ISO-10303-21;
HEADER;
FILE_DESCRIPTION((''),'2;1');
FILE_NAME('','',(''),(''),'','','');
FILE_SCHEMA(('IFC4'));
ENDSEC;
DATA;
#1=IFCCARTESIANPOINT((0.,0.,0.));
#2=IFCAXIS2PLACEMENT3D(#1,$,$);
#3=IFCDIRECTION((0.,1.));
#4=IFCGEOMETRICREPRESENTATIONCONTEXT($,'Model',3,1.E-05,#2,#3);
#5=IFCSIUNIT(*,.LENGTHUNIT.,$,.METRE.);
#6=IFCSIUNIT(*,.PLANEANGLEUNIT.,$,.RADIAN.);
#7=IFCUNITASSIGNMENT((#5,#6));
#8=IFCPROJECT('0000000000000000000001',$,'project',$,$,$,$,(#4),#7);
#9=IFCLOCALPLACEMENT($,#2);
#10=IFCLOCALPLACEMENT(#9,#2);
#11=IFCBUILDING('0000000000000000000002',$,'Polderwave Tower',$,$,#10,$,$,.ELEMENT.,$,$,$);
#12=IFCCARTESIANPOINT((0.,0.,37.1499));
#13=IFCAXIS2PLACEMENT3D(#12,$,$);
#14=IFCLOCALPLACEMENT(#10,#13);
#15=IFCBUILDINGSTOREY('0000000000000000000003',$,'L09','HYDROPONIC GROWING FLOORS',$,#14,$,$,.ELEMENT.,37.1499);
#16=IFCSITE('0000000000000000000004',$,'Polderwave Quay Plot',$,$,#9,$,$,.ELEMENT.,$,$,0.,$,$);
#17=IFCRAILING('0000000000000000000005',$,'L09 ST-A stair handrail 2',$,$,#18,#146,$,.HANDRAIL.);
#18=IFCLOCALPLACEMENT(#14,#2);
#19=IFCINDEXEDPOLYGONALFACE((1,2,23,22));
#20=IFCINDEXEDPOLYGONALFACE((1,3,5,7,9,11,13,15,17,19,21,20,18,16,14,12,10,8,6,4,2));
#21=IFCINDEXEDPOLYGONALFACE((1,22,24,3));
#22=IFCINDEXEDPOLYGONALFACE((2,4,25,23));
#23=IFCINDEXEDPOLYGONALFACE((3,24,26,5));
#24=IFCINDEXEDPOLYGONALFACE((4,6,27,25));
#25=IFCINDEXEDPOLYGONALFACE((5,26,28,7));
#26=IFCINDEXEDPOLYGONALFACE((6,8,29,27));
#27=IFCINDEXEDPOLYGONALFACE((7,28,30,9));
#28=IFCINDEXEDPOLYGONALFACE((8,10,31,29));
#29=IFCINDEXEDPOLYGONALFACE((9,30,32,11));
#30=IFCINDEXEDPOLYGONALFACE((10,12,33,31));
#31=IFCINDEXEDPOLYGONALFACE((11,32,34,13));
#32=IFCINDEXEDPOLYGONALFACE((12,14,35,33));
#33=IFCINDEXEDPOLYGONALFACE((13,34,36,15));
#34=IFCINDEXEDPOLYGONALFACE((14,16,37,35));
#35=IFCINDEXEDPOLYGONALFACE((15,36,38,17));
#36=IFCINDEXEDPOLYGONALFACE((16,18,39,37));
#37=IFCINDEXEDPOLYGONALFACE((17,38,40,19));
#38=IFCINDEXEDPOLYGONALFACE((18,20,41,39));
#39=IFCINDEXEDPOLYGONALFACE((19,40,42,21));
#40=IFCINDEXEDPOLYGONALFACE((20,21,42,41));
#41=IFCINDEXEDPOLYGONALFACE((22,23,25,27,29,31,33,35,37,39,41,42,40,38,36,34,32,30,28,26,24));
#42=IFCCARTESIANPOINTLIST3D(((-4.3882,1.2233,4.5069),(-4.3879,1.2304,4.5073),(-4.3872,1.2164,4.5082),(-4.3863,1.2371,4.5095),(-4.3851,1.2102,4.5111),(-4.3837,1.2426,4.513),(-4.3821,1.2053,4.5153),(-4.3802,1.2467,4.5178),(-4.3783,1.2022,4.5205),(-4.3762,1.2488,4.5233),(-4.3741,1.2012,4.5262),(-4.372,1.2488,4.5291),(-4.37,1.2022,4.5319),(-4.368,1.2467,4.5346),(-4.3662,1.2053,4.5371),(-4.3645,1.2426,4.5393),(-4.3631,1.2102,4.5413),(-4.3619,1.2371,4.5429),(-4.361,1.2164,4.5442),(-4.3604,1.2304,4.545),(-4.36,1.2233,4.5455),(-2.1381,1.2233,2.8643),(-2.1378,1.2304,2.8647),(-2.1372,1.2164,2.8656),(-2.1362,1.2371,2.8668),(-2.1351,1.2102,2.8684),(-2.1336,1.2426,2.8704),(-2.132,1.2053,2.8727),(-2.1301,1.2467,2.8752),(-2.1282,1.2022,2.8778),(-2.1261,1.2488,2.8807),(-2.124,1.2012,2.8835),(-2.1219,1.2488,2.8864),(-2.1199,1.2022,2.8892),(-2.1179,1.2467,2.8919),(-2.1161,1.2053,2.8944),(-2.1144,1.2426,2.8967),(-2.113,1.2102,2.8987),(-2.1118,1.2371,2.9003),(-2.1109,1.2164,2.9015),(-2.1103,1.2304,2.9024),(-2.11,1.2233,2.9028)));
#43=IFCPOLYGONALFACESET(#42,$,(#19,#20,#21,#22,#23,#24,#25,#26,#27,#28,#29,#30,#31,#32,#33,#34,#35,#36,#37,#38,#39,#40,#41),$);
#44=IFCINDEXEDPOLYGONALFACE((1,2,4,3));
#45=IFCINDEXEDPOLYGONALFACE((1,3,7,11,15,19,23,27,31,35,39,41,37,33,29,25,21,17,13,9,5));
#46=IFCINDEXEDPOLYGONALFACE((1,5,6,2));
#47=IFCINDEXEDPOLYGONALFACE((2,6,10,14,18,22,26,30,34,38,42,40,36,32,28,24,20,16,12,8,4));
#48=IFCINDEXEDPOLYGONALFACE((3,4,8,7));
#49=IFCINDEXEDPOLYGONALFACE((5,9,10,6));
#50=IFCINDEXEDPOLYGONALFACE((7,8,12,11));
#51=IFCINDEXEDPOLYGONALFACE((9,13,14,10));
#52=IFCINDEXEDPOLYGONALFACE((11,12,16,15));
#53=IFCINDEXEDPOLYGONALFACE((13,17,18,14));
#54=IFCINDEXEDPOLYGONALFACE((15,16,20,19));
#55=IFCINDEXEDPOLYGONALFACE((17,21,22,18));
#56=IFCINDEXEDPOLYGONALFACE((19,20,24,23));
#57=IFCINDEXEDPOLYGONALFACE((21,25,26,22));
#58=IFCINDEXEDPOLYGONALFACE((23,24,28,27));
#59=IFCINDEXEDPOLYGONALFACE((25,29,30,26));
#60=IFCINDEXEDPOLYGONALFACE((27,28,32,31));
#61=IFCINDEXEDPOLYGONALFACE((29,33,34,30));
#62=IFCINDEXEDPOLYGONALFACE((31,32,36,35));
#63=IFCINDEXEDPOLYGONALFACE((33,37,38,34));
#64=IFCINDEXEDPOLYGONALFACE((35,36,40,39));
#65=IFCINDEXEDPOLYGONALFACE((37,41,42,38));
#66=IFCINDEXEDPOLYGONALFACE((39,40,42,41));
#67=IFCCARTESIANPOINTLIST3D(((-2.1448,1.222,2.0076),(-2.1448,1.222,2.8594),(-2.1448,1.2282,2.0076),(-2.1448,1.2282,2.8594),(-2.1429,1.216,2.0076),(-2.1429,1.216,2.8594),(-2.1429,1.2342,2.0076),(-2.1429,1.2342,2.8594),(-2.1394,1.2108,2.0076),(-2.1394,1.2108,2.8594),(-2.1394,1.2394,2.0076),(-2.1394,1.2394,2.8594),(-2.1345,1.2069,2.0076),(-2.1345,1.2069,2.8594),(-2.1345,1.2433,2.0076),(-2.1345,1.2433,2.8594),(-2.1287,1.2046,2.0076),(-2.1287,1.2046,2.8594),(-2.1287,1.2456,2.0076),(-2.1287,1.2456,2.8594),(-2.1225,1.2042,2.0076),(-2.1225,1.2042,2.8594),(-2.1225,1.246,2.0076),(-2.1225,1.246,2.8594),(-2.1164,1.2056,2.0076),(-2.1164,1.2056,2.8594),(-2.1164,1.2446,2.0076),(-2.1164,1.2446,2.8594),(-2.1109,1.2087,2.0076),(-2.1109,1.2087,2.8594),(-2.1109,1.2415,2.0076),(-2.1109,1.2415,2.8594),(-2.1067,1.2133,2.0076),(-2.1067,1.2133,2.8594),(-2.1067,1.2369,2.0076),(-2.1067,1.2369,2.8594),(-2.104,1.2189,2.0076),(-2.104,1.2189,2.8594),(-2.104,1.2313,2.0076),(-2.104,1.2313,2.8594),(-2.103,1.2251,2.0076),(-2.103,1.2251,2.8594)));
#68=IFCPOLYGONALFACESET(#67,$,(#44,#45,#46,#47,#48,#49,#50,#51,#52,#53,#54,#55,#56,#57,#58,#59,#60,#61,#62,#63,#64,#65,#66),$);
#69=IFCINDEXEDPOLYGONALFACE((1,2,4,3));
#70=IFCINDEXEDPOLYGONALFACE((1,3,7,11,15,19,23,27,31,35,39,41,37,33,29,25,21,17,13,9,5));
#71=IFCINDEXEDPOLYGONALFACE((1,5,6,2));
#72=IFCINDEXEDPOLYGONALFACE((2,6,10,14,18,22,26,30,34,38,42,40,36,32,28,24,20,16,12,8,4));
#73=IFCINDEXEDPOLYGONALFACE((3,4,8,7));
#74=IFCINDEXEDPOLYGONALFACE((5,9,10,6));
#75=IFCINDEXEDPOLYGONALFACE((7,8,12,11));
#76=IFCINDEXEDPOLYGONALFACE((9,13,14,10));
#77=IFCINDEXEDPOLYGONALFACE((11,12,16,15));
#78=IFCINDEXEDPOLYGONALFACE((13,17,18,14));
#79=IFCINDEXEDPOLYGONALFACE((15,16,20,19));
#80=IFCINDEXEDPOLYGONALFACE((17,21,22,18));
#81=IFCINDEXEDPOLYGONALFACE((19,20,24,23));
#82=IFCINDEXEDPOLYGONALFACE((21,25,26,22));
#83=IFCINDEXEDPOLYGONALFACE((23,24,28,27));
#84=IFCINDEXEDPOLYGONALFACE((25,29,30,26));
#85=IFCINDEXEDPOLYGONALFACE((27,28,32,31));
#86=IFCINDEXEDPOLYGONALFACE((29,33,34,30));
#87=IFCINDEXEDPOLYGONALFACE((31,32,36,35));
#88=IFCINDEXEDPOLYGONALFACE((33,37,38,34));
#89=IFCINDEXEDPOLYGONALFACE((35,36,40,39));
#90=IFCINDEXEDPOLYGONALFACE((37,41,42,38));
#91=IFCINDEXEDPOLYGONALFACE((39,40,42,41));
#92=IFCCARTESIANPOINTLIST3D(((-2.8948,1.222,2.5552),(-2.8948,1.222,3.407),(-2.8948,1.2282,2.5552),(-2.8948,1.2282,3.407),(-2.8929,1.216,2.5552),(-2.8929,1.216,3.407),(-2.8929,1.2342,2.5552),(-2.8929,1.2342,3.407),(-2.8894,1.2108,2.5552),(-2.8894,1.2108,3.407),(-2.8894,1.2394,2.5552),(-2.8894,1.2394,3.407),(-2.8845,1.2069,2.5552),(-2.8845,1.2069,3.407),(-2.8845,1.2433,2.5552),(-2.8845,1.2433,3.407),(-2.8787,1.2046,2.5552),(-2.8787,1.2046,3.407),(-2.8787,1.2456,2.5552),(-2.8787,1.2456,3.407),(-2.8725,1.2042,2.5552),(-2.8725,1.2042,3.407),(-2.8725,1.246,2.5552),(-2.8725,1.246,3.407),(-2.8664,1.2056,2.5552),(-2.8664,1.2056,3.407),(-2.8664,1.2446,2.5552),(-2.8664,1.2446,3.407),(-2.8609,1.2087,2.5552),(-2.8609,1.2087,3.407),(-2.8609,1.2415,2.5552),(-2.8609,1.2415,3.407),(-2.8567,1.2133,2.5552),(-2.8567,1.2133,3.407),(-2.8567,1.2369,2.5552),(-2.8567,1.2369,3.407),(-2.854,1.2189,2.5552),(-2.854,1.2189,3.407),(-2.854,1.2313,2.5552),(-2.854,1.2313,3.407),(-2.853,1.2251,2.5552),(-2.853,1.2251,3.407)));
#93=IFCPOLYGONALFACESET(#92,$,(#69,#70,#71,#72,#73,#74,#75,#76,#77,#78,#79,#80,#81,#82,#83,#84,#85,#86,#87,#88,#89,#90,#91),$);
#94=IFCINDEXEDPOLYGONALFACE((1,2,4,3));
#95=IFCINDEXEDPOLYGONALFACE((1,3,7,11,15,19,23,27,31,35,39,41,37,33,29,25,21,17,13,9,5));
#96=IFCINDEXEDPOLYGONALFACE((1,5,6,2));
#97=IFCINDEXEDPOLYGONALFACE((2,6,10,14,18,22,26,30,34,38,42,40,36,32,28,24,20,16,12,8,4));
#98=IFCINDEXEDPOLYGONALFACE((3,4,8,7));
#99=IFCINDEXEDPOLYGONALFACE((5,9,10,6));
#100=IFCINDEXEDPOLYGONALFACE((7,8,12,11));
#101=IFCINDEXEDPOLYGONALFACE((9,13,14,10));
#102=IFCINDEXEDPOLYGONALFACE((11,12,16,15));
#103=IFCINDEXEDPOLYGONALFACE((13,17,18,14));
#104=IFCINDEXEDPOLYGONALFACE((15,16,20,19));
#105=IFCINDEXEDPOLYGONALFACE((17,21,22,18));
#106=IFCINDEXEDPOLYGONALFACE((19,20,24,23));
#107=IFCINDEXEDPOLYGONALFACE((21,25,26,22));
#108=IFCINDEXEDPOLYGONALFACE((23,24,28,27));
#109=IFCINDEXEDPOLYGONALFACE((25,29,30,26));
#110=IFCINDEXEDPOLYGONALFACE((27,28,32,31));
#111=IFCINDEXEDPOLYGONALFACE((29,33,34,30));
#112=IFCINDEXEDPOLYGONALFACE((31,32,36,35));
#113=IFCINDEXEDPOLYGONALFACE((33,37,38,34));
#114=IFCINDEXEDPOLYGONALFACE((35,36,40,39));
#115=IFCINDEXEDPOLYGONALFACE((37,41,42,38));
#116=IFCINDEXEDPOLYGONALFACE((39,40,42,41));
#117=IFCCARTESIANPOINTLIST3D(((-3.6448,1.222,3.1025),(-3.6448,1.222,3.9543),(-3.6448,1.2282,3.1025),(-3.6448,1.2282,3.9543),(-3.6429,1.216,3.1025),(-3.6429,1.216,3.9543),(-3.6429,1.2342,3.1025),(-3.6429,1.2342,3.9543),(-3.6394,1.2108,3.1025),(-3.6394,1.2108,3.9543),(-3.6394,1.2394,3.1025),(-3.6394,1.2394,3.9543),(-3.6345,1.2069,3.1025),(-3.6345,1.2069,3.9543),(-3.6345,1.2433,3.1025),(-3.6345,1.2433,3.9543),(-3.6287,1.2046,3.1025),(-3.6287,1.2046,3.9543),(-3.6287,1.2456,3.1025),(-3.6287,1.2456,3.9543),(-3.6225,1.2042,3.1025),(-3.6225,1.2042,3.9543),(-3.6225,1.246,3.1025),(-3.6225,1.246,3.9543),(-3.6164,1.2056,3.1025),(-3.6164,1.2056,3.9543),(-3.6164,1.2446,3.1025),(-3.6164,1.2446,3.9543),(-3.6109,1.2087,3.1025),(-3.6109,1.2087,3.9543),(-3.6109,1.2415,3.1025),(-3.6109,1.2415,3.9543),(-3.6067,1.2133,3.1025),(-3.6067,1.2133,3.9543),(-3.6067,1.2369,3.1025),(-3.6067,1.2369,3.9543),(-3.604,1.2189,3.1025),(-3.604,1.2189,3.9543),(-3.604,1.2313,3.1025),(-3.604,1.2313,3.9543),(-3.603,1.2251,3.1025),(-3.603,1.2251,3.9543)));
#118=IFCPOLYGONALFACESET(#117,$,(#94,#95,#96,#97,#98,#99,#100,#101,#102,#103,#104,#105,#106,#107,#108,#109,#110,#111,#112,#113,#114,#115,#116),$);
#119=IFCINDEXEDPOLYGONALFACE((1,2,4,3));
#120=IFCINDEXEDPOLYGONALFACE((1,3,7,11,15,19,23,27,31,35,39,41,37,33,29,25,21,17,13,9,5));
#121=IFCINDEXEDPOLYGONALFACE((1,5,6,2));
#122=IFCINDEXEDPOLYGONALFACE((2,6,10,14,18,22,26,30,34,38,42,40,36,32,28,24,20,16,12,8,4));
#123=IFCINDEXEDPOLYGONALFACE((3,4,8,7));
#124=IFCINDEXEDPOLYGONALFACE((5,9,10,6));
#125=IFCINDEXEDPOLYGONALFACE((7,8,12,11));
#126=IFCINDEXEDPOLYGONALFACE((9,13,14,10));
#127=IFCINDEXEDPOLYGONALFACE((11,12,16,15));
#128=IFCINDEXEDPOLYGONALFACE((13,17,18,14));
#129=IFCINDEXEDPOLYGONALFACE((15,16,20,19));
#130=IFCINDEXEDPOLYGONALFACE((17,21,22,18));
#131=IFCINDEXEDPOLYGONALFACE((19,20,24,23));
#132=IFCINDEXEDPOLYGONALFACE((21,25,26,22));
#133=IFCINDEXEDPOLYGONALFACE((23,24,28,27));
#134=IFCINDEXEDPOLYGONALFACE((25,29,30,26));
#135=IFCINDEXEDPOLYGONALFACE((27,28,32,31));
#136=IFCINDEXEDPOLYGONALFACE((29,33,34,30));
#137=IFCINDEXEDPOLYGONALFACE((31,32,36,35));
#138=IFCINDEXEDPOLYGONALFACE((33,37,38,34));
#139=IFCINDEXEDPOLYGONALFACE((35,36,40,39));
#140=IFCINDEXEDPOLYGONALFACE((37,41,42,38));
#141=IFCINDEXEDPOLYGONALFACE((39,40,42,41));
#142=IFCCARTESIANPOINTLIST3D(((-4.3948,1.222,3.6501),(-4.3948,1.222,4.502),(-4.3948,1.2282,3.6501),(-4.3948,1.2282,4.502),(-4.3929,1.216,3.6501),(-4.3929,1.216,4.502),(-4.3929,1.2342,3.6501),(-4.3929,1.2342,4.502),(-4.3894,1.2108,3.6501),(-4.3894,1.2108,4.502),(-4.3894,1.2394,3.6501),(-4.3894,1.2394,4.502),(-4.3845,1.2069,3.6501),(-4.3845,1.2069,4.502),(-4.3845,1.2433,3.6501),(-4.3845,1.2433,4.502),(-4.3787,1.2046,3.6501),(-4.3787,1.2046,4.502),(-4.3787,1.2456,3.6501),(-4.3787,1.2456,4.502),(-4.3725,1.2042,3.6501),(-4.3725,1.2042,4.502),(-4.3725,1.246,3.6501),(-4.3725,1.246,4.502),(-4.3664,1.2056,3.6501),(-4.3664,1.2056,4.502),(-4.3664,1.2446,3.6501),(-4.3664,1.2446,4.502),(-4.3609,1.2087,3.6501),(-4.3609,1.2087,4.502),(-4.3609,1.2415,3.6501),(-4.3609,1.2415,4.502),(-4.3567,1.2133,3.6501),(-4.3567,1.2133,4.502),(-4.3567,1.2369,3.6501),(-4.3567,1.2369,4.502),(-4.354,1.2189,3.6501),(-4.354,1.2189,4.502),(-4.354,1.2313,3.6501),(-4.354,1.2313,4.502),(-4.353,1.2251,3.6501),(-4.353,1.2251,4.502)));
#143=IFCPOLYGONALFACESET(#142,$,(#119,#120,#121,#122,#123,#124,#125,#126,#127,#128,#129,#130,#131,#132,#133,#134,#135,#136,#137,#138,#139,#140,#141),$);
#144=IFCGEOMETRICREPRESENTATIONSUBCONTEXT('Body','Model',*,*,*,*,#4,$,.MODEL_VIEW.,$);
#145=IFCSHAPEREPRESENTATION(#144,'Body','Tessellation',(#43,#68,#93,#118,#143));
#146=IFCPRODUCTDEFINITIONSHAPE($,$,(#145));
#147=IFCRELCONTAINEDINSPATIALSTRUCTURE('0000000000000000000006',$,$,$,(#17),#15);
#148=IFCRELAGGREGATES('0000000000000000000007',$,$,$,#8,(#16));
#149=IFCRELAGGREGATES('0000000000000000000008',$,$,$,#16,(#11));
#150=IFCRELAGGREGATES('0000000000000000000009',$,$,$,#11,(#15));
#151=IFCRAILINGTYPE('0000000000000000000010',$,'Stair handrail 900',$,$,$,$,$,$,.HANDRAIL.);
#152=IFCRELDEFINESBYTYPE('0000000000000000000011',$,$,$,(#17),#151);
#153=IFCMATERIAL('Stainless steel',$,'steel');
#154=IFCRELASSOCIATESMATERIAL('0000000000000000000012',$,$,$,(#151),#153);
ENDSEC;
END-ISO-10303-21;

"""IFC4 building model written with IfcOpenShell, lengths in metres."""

from ifc_helpers import new_model, si_unit, direction, frame, origin, origin_2d, place, context, subcontext, project, spatial, circle, extrude, material, type_object, element, save


model = new_model("IFC4")

# Units and contexts
model_context = context("Model", 3, precision=1e-05, world=origin(), true_north=direction((0.0, 1.0)))
body_context = subcontext(model_context, "Body", "Model", "MODEL_VIEW")
ifc_project = project(units=[si_unit("LENGTHUNIT", "METRE"), si_unit("PLANEANGLEUNIT", "RADIAN")], contexts=[model_context])

# Site, building, storey
site_placement = place(None, origin())
site = spatial("IfcSite", under=ifc_project, at=site_placement, Name="Polderwave Quay Plot", CompositionType="ELEMENT", RefElevation=0.0)
building_placement = place(site_placement, origin())
building = spatial("IfcBuilding", under=site, at=building_placement, Name="Polderwave Tower", CompositionType="ELEMENT")
storey_placement = place(building_placement, frame((0.0, 0.0, 37.1499)))
storey = spatial("IfcBuildingStorey", under=building, at=storey_placement, Name="L09", Description="HYDROPONIC GROWING FLOORS", CompositionType="ELEMENT", Elevation=37.1499)

# Railing
ifc_material_1 = material(Name="Stainless steel", Category="steel")
railing_type_1 = type_object("IfcRailingType", Name="Stair handrail 900", PredefinedType="HANDRAIL", material=ifc_material_1)
railing_1_placement = place(storey_placement, frame((-2.124, 1.2251, 2.0076)))
element("IfcRailing", 1, at=railing_1_placement, inside=storey, type_object=railing_type_1, Name="L09 ST-A stair handrail 2", PredefinedType="HANDRAIL", context=body_context, shape_type="SweptSolid", body=[
    extrude(circle(Radius=0.0239, at=origin_2d()), frame((0.0, 0.0, 0.876), z_axis=(-0.807674, 0.0, 0.58963), x_axis=(0.0, -1.0, 0.0)), (0.0, 0.0, 1.0), 2.7859),
    extrude(circle(Radius=0.021, at=origin_2d()), origin(), (0.0, 0.0, 1.0), 0.8518),
    extrude(circle(Radius=0.021, at=origin_2d()), frame((-0.75, 0.0, 0.5476)), (0.0, 0.0, 1.0), 0.8518),
    extrude(circle(Radius=0.021, at=origin_2d()), frame((-1.5, 0.0, 1.095)), (0.0, 0.0, 1.0), 0.8518),
    extrude(circle(Radius=0.021, at=origin_2d()), frame((-2.25, 0.0, 1.6426)), (0.0, 0.0, 1.0), 0.8518),
])

save(model, "model.ifc")
